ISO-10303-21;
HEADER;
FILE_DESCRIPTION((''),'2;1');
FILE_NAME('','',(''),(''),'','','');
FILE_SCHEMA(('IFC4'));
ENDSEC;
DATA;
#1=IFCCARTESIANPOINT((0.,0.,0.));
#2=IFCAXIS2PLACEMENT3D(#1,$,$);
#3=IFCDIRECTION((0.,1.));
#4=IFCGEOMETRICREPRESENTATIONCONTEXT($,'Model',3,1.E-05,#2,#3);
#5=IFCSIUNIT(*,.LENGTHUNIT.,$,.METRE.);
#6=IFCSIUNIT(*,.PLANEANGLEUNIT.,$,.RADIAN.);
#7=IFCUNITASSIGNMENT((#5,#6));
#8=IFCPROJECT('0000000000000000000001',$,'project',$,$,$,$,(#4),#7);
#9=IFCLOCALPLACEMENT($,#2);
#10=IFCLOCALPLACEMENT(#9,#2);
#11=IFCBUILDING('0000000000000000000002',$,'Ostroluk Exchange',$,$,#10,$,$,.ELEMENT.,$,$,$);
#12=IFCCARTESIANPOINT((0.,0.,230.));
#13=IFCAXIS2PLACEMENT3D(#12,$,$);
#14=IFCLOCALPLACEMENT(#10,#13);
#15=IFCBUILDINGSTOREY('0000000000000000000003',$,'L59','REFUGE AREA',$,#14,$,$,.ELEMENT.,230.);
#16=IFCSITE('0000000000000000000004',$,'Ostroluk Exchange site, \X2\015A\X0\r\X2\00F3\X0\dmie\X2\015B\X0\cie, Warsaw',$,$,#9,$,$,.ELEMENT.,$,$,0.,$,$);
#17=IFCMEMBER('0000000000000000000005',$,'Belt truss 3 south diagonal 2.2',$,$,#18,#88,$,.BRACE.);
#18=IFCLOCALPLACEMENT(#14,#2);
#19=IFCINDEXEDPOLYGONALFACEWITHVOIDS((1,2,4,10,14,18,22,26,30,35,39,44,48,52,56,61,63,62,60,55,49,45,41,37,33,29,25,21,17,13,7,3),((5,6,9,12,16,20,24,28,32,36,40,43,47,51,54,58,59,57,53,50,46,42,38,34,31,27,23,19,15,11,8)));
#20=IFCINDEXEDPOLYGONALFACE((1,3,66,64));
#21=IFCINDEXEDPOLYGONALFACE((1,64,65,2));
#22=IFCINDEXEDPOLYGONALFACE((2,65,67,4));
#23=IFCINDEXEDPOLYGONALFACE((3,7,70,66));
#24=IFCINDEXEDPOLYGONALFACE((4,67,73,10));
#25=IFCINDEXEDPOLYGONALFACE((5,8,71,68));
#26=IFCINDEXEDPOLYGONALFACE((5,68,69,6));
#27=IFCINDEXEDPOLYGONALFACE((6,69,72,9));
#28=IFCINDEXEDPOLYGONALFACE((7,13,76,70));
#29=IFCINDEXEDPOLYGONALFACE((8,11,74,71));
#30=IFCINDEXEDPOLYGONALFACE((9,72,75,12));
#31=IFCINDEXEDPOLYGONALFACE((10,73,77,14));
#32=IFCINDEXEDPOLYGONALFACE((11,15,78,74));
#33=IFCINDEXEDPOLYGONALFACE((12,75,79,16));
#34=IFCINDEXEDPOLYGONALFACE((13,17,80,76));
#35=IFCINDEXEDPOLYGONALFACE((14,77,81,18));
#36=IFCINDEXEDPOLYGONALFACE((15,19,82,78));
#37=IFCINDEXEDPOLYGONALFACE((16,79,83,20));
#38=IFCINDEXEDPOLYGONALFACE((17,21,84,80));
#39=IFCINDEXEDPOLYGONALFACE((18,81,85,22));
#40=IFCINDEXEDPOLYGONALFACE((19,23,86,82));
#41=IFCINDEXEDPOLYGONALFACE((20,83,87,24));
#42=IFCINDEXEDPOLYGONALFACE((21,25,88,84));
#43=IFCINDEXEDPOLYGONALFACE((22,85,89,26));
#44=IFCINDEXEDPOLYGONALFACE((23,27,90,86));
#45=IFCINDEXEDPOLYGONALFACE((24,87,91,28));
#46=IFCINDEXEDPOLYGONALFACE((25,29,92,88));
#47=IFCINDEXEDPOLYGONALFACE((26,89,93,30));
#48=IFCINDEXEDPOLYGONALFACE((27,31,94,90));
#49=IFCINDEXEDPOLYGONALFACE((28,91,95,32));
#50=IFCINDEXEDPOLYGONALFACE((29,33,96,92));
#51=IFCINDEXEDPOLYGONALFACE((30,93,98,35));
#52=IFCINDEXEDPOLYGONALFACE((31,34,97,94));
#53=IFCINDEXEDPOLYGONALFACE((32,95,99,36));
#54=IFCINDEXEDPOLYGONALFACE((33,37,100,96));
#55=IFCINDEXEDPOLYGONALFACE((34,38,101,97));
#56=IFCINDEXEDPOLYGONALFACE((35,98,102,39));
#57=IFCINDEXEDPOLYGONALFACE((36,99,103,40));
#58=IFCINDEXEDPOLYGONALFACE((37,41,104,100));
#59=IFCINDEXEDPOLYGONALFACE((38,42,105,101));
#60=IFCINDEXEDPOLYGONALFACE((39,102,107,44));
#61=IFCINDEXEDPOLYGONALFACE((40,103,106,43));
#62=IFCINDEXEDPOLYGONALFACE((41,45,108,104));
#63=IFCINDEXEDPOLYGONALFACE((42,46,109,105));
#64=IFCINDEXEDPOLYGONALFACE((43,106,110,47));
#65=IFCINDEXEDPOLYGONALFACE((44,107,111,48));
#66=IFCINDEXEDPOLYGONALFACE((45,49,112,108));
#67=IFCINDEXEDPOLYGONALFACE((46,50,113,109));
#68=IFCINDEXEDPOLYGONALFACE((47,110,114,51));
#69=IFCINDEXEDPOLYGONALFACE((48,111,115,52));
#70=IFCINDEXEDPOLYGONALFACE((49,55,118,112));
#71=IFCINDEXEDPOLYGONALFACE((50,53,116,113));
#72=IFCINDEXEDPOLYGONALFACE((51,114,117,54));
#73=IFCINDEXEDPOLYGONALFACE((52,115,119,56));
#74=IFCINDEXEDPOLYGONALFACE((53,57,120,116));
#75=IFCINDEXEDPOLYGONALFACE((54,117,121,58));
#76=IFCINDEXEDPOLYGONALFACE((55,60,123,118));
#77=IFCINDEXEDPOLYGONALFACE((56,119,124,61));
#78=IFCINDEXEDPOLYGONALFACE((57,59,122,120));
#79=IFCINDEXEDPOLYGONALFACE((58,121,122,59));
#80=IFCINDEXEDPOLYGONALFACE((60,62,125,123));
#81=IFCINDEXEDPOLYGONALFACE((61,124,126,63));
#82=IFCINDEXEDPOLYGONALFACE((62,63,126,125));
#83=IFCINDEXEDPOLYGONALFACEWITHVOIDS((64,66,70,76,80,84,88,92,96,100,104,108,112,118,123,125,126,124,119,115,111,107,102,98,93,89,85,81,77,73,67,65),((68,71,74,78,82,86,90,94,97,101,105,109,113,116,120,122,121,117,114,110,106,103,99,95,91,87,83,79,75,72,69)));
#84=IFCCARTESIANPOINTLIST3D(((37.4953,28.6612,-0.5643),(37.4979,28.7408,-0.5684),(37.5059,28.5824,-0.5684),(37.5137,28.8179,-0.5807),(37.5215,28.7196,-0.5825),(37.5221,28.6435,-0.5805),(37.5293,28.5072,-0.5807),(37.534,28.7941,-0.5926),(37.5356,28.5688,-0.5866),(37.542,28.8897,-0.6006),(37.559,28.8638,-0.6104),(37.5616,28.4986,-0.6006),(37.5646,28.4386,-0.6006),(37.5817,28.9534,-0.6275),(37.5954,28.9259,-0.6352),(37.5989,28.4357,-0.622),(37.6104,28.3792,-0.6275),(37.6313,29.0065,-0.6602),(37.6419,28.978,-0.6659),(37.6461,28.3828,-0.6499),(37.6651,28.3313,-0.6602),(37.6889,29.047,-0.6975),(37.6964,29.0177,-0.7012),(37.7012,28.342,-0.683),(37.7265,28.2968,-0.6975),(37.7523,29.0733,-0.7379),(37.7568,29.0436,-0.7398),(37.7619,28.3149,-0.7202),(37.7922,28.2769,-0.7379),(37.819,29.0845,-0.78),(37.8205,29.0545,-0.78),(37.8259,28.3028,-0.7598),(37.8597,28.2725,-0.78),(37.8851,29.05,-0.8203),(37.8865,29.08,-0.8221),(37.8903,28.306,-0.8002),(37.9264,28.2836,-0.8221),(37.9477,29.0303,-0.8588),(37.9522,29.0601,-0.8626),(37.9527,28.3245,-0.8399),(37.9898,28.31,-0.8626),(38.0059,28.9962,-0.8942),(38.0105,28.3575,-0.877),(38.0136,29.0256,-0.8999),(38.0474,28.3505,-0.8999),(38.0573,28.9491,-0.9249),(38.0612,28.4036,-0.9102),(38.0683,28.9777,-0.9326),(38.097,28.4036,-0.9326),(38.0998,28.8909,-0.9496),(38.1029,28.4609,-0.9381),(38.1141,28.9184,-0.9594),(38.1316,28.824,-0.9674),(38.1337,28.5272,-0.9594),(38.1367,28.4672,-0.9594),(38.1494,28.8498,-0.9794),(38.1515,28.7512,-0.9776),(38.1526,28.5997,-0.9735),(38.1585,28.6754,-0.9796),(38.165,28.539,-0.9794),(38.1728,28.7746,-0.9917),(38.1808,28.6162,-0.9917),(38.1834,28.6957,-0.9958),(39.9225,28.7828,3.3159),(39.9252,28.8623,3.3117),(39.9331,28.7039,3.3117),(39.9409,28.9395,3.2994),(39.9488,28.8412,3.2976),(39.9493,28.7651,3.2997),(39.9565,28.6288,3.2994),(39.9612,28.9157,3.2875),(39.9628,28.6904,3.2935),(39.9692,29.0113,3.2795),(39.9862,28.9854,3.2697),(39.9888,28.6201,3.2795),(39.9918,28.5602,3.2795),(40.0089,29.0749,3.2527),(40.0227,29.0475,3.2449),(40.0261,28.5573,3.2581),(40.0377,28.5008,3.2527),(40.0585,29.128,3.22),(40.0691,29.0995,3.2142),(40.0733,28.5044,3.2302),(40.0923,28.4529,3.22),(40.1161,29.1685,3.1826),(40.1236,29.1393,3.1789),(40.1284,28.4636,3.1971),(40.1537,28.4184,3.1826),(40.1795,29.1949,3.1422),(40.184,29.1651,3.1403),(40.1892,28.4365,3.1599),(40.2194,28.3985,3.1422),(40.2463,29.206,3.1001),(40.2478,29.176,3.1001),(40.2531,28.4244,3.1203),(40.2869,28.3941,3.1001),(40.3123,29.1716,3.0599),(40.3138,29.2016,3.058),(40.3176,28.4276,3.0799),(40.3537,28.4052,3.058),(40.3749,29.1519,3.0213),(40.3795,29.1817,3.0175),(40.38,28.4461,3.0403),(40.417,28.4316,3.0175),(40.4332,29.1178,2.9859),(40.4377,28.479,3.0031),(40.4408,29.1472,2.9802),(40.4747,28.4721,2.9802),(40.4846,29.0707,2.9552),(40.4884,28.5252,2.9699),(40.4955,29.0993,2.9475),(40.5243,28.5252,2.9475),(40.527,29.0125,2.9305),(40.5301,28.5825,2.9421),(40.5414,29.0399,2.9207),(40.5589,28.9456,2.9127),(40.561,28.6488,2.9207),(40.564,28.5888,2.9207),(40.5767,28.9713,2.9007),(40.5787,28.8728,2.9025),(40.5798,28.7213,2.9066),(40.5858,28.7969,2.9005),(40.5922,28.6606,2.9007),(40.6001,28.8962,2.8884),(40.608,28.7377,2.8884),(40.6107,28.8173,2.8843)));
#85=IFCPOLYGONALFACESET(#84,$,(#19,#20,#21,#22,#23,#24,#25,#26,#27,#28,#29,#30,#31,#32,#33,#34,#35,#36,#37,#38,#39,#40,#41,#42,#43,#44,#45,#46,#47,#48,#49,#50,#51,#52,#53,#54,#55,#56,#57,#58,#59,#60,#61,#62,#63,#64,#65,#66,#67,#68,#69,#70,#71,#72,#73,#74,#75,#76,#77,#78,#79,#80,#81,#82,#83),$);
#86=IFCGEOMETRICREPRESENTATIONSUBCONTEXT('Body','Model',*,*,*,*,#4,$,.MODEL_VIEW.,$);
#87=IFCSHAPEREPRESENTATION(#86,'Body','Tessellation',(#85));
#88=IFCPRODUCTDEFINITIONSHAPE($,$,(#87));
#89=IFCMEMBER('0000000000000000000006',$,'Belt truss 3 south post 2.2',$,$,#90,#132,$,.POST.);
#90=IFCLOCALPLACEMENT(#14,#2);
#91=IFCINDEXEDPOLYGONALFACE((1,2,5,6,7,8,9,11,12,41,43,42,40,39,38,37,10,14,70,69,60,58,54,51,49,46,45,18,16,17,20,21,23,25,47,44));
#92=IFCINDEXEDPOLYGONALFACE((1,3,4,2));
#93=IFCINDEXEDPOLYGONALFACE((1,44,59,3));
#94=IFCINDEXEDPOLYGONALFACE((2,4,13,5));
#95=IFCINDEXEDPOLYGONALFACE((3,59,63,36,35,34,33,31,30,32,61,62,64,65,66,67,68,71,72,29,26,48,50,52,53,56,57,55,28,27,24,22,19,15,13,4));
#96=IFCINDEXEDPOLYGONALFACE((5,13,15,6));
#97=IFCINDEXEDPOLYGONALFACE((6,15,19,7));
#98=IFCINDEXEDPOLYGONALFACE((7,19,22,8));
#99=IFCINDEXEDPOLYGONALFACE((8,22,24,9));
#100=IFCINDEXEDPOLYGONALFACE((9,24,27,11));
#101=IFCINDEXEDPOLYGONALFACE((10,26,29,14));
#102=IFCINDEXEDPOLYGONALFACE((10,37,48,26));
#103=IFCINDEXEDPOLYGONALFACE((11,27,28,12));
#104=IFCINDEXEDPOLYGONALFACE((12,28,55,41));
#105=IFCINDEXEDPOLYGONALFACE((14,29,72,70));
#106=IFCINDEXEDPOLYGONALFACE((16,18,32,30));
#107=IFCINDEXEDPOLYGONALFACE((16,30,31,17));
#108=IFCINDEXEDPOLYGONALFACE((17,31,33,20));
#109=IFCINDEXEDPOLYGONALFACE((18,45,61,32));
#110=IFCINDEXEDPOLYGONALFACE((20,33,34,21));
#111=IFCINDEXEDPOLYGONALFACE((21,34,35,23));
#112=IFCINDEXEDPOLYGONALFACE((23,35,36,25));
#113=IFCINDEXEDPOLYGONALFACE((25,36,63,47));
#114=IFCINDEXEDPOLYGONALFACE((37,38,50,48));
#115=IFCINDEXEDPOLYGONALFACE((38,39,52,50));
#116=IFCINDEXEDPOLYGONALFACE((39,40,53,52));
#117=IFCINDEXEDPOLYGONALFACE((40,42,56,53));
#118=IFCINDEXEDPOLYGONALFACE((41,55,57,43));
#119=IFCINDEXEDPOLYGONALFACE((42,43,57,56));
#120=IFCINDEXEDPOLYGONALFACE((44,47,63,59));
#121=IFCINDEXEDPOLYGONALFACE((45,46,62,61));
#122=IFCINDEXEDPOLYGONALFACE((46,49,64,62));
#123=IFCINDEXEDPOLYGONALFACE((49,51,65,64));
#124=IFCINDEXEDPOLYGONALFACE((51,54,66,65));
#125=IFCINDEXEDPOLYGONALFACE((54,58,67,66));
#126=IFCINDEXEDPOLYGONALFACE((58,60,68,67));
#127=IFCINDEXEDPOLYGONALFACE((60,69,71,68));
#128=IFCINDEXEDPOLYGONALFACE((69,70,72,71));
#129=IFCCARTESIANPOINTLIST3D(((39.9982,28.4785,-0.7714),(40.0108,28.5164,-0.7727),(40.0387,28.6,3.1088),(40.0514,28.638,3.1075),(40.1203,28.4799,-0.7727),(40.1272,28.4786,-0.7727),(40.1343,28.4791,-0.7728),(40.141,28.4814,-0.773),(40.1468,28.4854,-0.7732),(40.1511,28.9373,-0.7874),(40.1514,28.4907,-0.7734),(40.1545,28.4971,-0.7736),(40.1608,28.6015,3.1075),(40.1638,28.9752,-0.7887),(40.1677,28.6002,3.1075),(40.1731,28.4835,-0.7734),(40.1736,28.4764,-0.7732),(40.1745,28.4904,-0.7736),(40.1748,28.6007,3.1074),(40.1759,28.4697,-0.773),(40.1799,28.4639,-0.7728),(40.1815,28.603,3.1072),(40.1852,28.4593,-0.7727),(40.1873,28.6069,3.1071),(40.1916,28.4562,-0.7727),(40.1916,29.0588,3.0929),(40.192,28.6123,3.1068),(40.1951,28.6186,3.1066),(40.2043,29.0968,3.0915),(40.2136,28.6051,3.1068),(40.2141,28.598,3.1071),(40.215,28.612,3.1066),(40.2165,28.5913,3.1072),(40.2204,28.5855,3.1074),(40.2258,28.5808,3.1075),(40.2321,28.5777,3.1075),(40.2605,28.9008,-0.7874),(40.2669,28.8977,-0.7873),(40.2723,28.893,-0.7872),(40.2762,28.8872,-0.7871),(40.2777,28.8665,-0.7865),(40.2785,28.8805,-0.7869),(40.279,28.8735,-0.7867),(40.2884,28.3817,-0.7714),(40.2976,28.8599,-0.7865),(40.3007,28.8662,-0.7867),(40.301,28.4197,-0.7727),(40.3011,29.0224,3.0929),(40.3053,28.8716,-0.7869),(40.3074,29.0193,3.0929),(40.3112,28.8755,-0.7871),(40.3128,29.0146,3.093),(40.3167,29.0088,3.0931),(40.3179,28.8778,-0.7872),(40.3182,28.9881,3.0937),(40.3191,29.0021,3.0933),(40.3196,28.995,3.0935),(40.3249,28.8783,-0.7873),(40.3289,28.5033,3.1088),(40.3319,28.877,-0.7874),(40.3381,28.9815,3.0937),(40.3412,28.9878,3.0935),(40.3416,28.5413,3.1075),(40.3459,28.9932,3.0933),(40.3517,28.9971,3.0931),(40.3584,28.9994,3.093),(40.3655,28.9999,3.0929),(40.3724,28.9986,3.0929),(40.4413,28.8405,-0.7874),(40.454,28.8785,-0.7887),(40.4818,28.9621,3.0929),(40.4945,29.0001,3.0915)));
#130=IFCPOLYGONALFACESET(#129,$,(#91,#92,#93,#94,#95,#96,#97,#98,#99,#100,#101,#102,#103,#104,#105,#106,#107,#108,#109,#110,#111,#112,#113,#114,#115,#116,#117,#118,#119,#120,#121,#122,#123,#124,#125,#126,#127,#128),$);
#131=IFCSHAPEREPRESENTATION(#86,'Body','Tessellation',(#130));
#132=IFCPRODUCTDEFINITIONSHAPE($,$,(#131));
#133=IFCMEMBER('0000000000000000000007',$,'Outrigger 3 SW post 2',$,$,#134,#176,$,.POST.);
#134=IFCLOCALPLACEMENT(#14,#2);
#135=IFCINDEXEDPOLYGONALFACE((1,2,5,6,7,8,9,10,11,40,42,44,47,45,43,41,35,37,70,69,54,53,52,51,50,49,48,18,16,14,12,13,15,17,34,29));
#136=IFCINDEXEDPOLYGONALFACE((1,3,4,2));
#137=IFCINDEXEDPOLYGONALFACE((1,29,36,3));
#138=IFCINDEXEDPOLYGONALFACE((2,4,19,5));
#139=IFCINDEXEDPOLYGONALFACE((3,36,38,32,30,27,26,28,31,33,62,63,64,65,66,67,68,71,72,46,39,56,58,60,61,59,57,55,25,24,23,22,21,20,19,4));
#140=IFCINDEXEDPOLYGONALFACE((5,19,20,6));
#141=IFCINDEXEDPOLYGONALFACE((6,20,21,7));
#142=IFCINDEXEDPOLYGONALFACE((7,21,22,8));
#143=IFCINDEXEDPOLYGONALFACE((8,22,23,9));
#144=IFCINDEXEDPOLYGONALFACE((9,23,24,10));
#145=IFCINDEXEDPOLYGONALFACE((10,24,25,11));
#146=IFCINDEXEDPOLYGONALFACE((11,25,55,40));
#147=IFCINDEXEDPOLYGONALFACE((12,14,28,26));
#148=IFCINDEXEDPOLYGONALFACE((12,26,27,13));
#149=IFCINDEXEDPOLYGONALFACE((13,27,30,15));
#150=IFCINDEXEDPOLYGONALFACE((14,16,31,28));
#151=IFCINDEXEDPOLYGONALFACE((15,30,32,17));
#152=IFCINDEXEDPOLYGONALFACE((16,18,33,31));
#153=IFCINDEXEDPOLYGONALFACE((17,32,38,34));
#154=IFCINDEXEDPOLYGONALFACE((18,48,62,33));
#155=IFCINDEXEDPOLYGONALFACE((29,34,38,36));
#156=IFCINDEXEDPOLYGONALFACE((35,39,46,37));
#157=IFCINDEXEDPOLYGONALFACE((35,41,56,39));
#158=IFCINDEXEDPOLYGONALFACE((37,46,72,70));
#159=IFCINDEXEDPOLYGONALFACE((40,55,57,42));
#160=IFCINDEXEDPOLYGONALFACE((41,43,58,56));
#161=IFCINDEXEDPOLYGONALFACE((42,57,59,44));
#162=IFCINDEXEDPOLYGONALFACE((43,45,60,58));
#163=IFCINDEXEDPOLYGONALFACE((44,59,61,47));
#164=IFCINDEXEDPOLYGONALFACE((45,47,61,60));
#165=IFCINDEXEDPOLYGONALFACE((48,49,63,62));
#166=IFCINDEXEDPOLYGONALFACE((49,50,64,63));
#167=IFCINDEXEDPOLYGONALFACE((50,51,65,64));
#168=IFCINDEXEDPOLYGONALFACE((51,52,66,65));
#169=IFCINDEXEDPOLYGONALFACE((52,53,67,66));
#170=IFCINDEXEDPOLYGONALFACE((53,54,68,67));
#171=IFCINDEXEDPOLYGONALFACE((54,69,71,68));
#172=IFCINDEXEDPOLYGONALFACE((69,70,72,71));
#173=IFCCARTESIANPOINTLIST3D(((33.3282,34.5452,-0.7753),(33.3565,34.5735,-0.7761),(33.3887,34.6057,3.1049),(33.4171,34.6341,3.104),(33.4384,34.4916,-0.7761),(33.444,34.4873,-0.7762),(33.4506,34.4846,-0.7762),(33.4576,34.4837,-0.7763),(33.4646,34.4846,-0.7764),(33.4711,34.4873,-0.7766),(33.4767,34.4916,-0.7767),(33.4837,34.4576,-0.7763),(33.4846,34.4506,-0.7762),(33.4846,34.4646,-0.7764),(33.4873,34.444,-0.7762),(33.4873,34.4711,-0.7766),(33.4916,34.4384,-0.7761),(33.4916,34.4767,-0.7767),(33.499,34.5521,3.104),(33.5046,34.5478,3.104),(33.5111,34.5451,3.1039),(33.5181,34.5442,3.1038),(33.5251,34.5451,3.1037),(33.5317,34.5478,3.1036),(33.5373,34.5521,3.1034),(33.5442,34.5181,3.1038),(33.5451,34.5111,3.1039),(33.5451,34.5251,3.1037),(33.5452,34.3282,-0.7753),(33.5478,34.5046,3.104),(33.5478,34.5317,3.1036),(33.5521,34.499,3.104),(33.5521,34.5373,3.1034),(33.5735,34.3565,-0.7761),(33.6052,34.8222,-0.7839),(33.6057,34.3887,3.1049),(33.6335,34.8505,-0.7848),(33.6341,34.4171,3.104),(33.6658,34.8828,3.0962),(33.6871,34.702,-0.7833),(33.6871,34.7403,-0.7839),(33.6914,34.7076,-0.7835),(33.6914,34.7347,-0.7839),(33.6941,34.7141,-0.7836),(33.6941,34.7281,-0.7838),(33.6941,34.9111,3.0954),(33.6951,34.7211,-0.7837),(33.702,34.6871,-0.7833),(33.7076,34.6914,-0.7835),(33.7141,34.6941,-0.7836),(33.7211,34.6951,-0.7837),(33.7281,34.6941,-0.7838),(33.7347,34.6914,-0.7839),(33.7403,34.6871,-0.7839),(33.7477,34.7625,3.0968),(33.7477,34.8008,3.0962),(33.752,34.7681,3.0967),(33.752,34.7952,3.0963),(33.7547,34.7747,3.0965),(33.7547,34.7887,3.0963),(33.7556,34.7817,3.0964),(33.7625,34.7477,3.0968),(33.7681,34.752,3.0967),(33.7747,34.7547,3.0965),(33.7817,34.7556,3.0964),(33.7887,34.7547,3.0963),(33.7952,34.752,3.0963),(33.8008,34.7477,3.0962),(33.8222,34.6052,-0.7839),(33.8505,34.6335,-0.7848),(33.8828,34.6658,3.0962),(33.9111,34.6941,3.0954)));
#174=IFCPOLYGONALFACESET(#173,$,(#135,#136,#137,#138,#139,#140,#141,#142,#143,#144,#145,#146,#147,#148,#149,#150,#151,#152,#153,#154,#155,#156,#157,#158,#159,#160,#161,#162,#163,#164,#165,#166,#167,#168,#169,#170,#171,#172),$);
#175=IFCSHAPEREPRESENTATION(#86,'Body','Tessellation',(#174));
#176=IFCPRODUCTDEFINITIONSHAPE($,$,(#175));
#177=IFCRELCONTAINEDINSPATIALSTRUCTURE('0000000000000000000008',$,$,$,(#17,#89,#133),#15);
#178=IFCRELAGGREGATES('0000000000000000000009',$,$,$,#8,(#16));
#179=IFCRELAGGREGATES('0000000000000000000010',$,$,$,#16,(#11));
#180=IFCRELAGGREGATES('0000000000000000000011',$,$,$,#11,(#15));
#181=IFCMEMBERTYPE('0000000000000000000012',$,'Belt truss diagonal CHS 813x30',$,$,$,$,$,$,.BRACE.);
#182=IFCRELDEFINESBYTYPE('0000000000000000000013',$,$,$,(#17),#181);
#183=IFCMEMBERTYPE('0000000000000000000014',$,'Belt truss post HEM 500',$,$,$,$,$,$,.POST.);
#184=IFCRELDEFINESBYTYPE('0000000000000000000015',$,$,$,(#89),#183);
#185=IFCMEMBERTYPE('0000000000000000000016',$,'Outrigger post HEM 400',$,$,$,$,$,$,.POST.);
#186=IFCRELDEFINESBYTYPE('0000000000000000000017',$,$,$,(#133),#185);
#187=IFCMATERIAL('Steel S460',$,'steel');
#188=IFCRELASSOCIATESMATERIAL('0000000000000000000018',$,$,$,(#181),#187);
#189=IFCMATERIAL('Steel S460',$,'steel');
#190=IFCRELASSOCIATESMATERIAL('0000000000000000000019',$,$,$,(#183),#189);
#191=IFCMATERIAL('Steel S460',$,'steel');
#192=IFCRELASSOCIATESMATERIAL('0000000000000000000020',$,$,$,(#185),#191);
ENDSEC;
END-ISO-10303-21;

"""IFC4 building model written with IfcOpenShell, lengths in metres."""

from ifc_helpers import new_model, si_unit, direction, frame, origin, origin_2d, place, context, subcontext, project, spatial, hollow_circle, i_section, extrude, material, material_profile, profile_set, type_object, element, save


model = new_model("IFC4")

# Units and contexts
model_context = context("Model", 3, precision=1e-05, world=origin(), true_north=direction((0.0, 1.0)))
body_context = subcontext(model_context, "Body", "Model", "MODEL_VIEW")
ifc_project = project(units=[si_unit("LENGTHUNIT", "METRE"), si_unit("PLANEANGLEUNIT", "RADIAN")], contexts=[model_context])

# Site, building, storey
site_placement = place(None, origin())
site = spatial("IfcSite", under=ifc_project, at=site_placement, Name="Ostroluk Exchange site, Śródmieście, Warsaw", CompositionType="ELEMENT", RefElevation=0.0)
building_placement = place(site_placement, origin())
building = spatial("IfcBuilding", under=site, at=building_placement, Name="Ostroluk Exchange", CompositionType="ELEMENT")
storey_placement = place(building_placement, frame((0.0, 0.0, 230.0)))
storey = spatial("IfcBuildingStorey", under=building, at=storey_placement, Name="L59", Description="REFUGE AREA", CompositionType="ELEMENT", Elevation=230.0)

# Members
ifc_material_1 = material(Name="Steel S460", Category="steel")
ifc_material_profile_1 = material_profile(ifc_material_1, hollow_circle(Radius=0.4065, WallThickness=0.03, at=origin_2d()), Name="CHS 813x30")
ifc_profile_set_1 = profile_set([ifc_material_profile_1], Name="Steel S460")
member_type_1 = type_object("IfcMemberType", Name="Belt truss diagonal CHS 813x30", PredefinedType="BRACE", material=ifc_profile_set_1)
member_1_placement = place(storey_placement, frame((37.8394, 28.6785, -0.78), z_axis=(0.530152, 0.026556, 0.847486), x_axis=(-0.050028, 0.998748, 0.0)))
element("IfcMember", 1, at=member_1_placement, inside=storey, type_object=member_type_1, Name="Belt truss 3 south diagonal 2.2", PredefinedType="BRACE", context=body_context, shape_type="SweptSolid", body=[
    extrude(hollow_circle(Radius=0.4065, WallThickness=0.03, at=origin_2d()), origin(), (0.0, 0.0, 1.0), 4.5784),
])
ifc_material_2 = material(Name="Steel S460", Category="steel")
ifc_material_profile_2 = material_profile(ifc_material_2, i_section(OverallWidth=0.3059, OverallDepth=0.5239, WebThickness=0.021, FlangeThickness=0.04, FilletRadius=0.0271, at=origin_2d()), Name="HEM 500")
ifc_profile_set_2 = profile_set([ifc_material_profile_2], Name="Steel S460")
member_type_2 = type_object("IfcMemberType", Name="Belt truss post HEM 500", PredefinedType="POST", material=ifc_profile_set_2)
member_2_placement = place(storey_placement, frame((40.2261, 28.6785, -0.78), z_axis=(0.010439, 0.031317, 0.999455), x_axis=(-0.948683, 0.316228, 0.0)))
element("IfcMember", 2, at=member_2_placement, inside=storey, type_object=member_type_2, Name="Belt truss 3 south post 2.2", PredefinedType="POST", context=body_context, shape_type="SweptSolid", body=[
    extrude(i_section(OverallWidth=0.3059, OverallDepth=0.5239, WebThickness=0.021, FlangeThickness=0.04, FilletRadius=0.0271, at=origin_2d()), origin(), (0.0, 0.0, 1.0), 3.8823),
])
ifc_material_3 = material(Name="Steel S460", Category="steel")
ifc_material_profile_3 = material_profile(ifc_material_3, i_section(OverallWidth=0.3069, OverallDepth=0.4319, WebThickness=0.021, FlangeThickness=0.04, FilletRadius=0.0271, at=origin_2d()), Name="HEM 400")
ifc_profile_set_3 = profile_set([ifc_material_profile_3], Name="Steel S460")
member_type_3 = type_object("IfcMemberType", Name="Outrigger post HEM 400", PredefinedType="POST", material=ifc_profile_set_3)
member_3_placement = place(storey_placement, frame((33.5894, 34.5894, -0.78), z_axis=(0.015601, 0.015601, 0.999757), x_axis=(-0.707107, 0.707107, 0.0)))
element("IfcMember", 3, at=member_3_placement, inside=storey, type_object=member_type_3, Name="Outrigger 3 SW post 2", PredefinedType="POST", context=body_context, shape_type="SweptSolid", body=[
    extrude(i_section(OverallWidth=0.3069, OverallDepth=0.4319, WebThickness=0.021, FlangeThickness=0.04, FilletRadius=0.0271, at=origin_2d()), origin(), (0.0, 0.0, 1.0), 3.8811),
])

save(model, "model.ifc")
